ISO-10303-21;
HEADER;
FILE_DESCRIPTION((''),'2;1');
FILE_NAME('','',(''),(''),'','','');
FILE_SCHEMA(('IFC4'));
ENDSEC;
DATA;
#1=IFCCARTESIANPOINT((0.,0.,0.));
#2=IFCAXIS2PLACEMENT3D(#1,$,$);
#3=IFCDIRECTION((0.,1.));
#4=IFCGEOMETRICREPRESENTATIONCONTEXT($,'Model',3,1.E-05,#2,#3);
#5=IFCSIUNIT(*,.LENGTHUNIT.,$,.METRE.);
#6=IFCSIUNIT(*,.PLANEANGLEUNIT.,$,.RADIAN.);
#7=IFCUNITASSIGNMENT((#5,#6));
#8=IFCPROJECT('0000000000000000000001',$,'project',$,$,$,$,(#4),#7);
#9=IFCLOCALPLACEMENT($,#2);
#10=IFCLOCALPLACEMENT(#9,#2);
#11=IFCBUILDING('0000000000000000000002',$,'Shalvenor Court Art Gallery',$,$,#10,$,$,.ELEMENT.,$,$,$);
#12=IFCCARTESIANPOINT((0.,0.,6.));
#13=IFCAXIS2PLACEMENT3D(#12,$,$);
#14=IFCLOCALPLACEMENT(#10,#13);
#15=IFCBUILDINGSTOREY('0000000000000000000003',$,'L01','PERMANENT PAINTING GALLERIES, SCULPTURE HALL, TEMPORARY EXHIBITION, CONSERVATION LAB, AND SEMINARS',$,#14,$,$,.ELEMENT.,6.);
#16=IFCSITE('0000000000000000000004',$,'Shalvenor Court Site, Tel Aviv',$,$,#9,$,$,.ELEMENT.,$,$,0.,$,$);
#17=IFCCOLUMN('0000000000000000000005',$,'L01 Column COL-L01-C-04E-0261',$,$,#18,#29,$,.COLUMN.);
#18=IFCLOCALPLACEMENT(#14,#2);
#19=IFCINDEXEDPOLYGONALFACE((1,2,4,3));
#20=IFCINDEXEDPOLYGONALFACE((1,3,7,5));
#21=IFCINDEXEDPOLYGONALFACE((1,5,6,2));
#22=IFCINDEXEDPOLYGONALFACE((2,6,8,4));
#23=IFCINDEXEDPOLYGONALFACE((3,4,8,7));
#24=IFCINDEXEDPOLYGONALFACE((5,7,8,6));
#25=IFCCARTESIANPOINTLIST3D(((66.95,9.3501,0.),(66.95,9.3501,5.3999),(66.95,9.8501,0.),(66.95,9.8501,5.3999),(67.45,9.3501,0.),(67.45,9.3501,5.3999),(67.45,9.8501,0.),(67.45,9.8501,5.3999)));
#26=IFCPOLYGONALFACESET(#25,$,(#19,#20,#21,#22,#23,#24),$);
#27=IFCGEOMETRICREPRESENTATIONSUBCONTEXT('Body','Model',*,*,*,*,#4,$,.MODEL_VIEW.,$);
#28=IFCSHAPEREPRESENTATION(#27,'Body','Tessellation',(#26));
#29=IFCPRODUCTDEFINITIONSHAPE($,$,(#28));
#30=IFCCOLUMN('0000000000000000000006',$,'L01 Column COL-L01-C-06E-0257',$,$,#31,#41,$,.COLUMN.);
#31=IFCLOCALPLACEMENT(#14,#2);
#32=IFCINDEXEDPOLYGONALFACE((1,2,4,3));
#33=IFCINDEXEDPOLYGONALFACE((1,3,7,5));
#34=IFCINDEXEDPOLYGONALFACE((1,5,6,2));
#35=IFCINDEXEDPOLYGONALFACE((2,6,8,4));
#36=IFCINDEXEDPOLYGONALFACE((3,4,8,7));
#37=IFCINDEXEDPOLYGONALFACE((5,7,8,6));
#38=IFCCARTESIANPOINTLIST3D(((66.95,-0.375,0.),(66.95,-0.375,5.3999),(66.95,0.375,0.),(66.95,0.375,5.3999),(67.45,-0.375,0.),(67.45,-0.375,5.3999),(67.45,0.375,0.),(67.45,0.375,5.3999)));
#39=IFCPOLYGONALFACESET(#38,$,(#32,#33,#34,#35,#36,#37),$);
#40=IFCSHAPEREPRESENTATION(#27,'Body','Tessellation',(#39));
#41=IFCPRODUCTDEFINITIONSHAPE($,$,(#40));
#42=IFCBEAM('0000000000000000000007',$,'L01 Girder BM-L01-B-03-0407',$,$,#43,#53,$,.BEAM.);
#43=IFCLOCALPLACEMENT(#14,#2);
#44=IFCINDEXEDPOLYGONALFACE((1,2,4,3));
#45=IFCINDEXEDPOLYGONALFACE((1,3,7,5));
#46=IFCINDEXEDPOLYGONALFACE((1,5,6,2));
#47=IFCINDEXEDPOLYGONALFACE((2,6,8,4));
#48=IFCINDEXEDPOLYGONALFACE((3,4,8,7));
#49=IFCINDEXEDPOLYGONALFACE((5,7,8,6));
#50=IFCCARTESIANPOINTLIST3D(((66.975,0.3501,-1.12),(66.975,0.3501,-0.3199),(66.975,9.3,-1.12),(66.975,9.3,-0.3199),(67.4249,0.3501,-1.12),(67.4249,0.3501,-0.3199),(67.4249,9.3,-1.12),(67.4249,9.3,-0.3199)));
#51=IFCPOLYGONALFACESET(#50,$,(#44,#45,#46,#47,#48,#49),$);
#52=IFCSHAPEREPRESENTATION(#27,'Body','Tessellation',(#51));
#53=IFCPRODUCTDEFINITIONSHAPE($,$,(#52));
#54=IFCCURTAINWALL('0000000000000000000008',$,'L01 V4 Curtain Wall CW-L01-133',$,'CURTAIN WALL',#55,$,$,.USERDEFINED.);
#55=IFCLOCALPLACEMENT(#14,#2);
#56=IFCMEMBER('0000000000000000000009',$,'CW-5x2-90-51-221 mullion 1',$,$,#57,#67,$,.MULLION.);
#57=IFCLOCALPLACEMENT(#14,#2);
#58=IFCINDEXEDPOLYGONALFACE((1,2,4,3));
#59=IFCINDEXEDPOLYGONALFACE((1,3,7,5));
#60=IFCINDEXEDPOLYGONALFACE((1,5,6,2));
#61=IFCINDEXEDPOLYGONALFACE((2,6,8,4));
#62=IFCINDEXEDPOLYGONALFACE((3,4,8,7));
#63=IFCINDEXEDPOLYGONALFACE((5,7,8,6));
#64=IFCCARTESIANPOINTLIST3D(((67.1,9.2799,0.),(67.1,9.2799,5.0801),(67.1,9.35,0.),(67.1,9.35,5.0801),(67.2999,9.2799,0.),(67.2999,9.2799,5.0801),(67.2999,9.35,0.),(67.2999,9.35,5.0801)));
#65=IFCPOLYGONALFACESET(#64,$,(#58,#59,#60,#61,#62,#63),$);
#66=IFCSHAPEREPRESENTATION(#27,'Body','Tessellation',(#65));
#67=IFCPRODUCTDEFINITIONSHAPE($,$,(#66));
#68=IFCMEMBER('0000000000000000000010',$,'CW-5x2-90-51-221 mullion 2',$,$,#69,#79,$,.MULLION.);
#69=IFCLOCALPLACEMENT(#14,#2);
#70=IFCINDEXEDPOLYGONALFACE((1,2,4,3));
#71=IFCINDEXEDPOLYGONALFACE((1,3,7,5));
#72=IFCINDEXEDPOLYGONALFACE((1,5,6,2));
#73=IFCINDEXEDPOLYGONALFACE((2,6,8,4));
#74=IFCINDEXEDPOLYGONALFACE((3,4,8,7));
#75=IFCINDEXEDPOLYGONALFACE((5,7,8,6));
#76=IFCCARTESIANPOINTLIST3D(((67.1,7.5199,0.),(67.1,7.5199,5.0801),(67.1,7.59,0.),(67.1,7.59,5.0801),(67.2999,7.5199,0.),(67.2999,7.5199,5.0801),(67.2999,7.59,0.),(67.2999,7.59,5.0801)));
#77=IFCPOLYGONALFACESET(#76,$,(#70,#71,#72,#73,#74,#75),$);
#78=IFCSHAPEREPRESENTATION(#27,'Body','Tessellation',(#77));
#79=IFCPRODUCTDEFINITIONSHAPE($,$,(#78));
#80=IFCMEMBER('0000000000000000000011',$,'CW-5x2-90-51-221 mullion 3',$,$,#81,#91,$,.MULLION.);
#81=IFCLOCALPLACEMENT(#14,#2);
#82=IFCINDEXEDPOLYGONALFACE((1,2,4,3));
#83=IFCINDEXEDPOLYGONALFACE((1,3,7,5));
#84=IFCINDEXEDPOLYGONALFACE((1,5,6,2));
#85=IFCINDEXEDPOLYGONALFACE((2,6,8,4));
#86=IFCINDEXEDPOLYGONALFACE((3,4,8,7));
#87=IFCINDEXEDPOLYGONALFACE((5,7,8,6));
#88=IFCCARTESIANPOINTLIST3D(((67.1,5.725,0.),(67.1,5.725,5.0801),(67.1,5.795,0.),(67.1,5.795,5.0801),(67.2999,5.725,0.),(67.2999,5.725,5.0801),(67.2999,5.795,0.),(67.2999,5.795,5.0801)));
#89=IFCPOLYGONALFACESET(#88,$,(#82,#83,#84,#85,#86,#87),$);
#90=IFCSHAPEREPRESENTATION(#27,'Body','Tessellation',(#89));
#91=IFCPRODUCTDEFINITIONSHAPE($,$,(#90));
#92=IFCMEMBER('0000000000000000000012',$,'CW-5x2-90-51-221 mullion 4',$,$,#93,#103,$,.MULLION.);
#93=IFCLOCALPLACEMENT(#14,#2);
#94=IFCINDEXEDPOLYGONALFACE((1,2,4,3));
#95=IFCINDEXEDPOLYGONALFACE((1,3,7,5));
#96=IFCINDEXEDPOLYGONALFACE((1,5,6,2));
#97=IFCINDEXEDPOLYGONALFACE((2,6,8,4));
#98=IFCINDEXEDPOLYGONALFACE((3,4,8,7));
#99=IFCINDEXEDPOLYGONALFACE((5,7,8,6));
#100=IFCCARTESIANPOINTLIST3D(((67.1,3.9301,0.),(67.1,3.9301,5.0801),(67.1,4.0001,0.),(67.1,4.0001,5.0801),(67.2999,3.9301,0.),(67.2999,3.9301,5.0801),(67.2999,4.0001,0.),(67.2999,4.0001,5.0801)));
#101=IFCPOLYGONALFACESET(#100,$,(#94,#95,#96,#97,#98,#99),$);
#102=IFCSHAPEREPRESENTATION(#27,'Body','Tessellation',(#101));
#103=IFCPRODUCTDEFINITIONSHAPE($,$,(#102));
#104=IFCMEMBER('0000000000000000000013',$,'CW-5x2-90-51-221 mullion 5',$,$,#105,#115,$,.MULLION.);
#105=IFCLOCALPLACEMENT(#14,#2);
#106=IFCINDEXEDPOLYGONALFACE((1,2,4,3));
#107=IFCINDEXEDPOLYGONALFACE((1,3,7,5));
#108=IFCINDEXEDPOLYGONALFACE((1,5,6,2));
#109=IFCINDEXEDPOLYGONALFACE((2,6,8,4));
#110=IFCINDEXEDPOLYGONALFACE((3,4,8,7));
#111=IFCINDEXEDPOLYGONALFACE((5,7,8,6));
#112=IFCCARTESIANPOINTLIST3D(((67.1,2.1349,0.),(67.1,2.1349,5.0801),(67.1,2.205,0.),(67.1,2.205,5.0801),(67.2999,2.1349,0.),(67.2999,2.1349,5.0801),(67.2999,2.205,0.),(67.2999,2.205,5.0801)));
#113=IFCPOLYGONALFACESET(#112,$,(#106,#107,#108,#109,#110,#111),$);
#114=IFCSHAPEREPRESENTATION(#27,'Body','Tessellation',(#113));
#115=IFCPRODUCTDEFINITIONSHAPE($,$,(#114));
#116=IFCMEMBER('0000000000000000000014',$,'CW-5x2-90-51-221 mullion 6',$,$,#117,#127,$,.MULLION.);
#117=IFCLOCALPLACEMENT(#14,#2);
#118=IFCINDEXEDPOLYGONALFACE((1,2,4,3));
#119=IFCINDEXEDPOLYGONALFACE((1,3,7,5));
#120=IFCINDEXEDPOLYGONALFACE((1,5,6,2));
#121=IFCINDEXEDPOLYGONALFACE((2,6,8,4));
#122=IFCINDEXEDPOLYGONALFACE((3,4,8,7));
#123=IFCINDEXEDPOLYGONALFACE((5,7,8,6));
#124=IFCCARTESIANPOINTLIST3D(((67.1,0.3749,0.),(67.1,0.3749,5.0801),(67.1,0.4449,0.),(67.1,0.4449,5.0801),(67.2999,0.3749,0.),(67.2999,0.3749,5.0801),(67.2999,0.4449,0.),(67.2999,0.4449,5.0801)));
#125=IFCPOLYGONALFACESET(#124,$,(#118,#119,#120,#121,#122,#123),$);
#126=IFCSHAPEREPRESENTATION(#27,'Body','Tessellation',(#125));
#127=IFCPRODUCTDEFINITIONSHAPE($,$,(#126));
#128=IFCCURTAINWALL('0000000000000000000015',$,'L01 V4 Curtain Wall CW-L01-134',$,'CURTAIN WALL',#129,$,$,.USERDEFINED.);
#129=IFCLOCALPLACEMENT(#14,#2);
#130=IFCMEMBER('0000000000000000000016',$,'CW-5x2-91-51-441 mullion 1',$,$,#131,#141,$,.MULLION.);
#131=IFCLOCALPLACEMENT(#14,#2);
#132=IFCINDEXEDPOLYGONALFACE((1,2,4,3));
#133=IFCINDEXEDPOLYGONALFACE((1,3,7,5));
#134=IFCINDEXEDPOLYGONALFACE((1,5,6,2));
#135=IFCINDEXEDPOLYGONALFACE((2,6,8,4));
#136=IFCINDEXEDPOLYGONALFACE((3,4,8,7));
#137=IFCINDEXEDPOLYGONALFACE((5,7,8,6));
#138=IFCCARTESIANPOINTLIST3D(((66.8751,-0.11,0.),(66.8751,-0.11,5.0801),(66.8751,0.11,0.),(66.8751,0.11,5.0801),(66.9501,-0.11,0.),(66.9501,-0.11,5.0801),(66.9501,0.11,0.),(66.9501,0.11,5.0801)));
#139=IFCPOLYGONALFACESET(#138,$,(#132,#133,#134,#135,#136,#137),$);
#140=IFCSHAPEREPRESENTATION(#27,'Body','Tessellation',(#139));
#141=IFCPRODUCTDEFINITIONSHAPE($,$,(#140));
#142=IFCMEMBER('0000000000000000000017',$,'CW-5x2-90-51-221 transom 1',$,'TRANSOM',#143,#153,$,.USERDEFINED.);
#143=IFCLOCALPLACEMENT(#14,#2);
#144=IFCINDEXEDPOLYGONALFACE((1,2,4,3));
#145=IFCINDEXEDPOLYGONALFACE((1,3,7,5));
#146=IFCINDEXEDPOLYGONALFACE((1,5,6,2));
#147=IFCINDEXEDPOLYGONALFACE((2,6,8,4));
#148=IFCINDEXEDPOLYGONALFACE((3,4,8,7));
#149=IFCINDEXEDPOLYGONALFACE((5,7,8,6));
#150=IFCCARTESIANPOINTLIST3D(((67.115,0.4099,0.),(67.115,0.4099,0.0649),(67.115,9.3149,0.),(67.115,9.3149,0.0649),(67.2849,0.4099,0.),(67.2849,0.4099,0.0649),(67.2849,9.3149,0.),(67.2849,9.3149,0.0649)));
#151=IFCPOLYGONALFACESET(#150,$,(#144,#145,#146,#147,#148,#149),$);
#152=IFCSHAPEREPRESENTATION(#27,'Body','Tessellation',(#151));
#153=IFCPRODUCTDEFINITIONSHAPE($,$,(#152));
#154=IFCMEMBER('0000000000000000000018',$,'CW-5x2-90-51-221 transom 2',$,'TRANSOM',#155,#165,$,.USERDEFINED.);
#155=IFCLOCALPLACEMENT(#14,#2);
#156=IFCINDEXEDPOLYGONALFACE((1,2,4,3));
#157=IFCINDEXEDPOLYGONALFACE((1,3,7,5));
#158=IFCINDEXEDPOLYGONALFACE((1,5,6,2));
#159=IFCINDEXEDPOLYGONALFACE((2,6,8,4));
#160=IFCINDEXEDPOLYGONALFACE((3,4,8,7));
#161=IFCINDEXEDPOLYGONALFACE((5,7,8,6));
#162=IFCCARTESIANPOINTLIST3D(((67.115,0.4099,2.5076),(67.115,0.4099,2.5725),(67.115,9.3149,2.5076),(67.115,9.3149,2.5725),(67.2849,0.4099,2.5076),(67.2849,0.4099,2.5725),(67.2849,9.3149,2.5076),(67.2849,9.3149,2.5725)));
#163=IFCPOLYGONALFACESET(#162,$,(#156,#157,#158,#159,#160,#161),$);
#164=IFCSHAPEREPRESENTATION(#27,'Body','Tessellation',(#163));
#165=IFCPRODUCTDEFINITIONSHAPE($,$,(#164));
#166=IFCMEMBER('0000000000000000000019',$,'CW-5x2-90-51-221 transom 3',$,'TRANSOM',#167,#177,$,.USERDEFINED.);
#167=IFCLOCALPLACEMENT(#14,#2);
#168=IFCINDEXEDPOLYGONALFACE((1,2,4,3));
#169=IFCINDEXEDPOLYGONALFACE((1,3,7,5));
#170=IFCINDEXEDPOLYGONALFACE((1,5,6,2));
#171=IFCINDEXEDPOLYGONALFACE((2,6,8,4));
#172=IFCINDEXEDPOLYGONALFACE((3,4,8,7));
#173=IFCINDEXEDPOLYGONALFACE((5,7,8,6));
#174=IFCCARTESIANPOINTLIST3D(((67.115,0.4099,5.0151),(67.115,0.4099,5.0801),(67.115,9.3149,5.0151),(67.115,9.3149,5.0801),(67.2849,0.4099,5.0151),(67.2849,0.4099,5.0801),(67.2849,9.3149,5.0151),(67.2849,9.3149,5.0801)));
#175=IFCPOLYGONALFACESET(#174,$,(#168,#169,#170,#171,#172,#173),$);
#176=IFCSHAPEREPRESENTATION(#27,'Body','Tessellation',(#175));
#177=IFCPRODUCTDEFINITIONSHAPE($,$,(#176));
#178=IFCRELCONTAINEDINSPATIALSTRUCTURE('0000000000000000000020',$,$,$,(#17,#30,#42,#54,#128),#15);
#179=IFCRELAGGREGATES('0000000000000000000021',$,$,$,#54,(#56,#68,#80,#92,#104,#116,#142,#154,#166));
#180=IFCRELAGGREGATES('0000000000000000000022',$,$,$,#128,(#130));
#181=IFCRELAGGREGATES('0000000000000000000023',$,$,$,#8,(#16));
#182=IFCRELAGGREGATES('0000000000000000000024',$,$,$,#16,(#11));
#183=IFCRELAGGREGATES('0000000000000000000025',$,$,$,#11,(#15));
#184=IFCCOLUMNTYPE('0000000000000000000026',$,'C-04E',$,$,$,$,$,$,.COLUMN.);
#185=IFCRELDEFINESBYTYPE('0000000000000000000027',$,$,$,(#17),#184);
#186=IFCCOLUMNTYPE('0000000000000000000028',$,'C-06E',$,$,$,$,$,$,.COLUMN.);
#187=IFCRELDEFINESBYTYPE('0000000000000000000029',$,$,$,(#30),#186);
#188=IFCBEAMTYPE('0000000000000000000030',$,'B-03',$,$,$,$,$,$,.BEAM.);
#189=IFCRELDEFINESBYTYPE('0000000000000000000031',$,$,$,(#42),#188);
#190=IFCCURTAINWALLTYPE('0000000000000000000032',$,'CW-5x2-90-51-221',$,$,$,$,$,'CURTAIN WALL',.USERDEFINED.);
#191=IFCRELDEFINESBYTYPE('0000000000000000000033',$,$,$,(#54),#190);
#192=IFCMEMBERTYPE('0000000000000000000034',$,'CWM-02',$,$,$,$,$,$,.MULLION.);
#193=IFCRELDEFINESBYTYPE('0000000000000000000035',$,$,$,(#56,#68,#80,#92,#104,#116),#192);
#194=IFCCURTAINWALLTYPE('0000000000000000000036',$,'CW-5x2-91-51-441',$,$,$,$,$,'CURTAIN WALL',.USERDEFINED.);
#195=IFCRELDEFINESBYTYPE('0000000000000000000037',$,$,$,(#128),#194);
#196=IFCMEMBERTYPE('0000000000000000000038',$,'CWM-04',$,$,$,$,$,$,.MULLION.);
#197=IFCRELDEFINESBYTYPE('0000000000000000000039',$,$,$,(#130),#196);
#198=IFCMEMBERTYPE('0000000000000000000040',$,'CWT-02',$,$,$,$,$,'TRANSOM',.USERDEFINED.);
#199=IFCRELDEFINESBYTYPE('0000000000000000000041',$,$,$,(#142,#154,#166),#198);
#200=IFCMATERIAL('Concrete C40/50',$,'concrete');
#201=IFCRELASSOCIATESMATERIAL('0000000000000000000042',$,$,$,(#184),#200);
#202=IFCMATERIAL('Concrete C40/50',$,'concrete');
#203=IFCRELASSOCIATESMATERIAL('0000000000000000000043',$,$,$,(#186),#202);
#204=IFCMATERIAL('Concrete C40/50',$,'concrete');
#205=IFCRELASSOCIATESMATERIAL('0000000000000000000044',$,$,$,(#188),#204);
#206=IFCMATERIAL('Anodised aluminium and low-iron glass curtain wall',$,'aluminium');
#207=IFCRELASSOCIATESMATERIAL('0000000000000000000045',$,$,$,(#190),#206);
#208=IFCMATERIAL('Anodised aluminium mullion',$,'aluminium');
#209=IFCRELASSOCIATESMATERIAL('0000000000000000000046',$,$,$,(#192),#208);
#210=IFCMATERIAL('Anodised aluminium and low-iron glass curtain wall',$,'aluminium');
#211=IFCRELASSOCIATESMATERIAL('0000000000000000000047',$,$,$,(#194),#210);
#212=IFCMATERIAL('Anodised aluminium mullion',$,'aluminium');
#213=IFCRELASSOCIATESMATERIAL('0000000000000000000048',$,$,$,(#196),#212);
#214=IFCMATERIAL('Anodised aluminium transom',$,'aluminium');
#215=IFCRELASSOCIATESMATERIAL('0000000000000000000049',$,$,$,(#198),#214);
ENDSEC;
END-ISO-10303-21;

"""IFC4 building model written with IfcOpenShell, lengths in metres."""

from ifc_helpers import new_model, si_unit, direction, frame, origin, origin_2d, place, context, subcontext, project, spatial, rectangle, extrude, material, material_profile, profile_set, type_object, element, aggregate, save


model = new_model("IFC4")

# Units and contexts
model_context = context("Model", 3, precision=1e-05, world=origin(), true_north=direction((0.0, 1.0)))
body_context = subcontext(model_context, "Body", "Model", "MODEL_VIEW")
ifc_project = project(units=[si_unit("LENGTHUNIT", "METRE"), si_unit("PLANEANGLEUNIT", "RADIAN")], contexts=[model_context])

# Site, building, storey
site_placement = place(None, origin())
site = spatial("IfcSite", under=ifc_project, at=site_placement, Name="Shalvenor Court Site, Tel Aviv", CompositionType="ELEMENT", RefElevation=0.0)
building_placement = place(site_placement, origin())
building = spatial("IfcBuilding", under=site, at=building_placement, Name="Shalvenor Court Art Gallery", CompositionType="ELEMENT")
storey_placement = place(building_placement, frame((0.0, 0.0, 6.0)))
storey = spatial("IfcBuildingStorey", under=building, at=storey_placement, Name="L01", Description="PERMANENT PAINTING GALLERIES, SCULPTURE HALL, TEMPORARY EXHIBITION, CONSERVATION LAB, AND SEMINARS", CompositionType="ELEMENT", Elevation=6.0)

# Columns
ifc_material_1 = material(Name="Concrete C40/50", Category="concrete")
ifc_material_profile_1 = material_profile(ifc_material_1, rectangle(XDim=0.5, YDim=0.5, at=origin_2d()), Name="RC 500x500")
ifc_profile_set_1 = profile_set([ifc_material_profile_1], Name="Concrete C40/50")
column_type_1 = type_object("IfcColumnType", Name="C-04E", PredefinedType="COLUMN", material=ifc_profile_set_1)
column_1_placement = place(storey_placement, frame((67.2, 9.6001, 0.0), z_axis=(0.0, 0.0, 1.0), x_axis=(1.0, 0.0, 0.0)))
element("IfcColumn", 1, at=column_1_placement, inside=storey, type_object=column_type_1, Name="L01 Column COL-L01-C-04E-0261", PredefinedType="COLUMN", context=body_context, shape_type="SweptSolid", body=[
    extrude(rectangle(XDim=0.5, YDim=0.5, at=origin_2d()), origin(), (0.0, 0.0, 1.0), 5.3999),
])
ifc_material_2 = material(Name="Concrete C40/50", Category="concrete")
ifc_material_profile_2 = material_profile(ifc_material_2, rectangle(XDim=0.5, YDim=0.75, at=origin_2d()), Name="RC 500x750")
ifc_profile_set_2 = profile_set([ifc_material_profile_2], Name="Concrete C40/50")
column_type_2 = type_object("IfcColumnType", Name="C-06E", PredefinedType="COLUMN", material=ifc_profile_set_2)
column_2_placement = place(storey_placement, frame((67.2, 0.0, 0.0), z_axis=(0.0, 0.0, 1.0), x_axis=(1.0, 0.0, 0.0)))
element("IfcColumn", 2, at=column_2_placement, inside=storey, type_object=column_type_2, Name="L01 Column COL-L01-C-06E-0257", PredefinedType="COLUMN", context=body_context, shape_type="SweptSolid", body=[
    extrude(rectangle(XDim=0.5, YDim=0.75, at=origin_2d()), origin(), (0.0, 0.0, 1.0), 5.3999),
])

# Beam
ifc_material_3 = material(Name="Concrete C40/50", Category="concrete")
ifc_material_profile_3 = material_profile(ifc_material_3, rectangle(XDim=0.45, YDim=0.8, at=origin_2d()), Name="RC 450x800")
ifc_profile_set_3 = profile_set([ifc_material_profile_3], Name="Concrete C40/50")
beam_type = type_object("IfcBeamType", Name="B-03", PredefinedType="BEAM", material=ifc_profile_set_3)
beam_placement = place(storey_placement, frame((67.2, 0.3501, -0.72), z_axis=(0.0, 1.0, 0.0), x_axis=(-1.0, 0.0, 0.0)))
element("IfcBeam", 3, at=beam_placement, inside=storey, type_object=beam_type, Name="L01 Girder BM-L01-B-03-0407", PredefinedType="BEAM", context=body_context, shape_type="SweptSolid", body=[
    extrude(rectangle(XDim=0.45, YDim=0.8, at=origin_2d()), origin(), (0.0, 0.0, 1.0), 8.95),
])

# Curtain wall, members
ifc_material_4 = material(Name="Anodised aluminium and low-iron glass curtain wall", Category="aluminium")
curtain_wall_type_1 = type_object("IfcCurtainWallType", Name="CW-5x2-90-51-221", ElementType="CURTAIN WALL", PredefinedType="USERDEFINED", material=ifc_material_4)
curtain_wall_1_placement = place(storey_placement, origin())
curtain_wall_1 = element("IfcCurtainWall", 4, at=curtain_wall_1_placement, inside=storey, type_object=curtain_wall_type_1, Name="L01 V4 Curtain Wall CW-L01-133", ObjectType="CURTAIN WALL", PredefinedType="USERDEFINED")
ifc_material_5 = material(Name="Anodised aluminium mullion", Category="aluminium")
ifc_material_profile_4 = material_profile(ifc_material_5, rectangle(XDim=0.0701, YDim=0.2, at=origin_2d()), Name="CWM-02")
ifc_profile_set_4 = profile_set([ifc_material_profile_4], Name="Anodised aluminium mullion")
member_type_1 = type_object("IfcMemberType", Name="CWM-02", PredefinedType="MULLION", material=ifc_profile_set_4)
member_1_placement = place(storey_placement, frame((67.2, 9.3149, 0.0), z_axis=(0.0, 0.0, 1.0), x_axis=(0.0, -1.0, 0.0)))
member_1 = element("IfcMember", 5, at=member_1_placement, type_object=member_type_1, Name="CW-5x2-90-51-221 mullion 1", PredefinedType="MULLION", context=body_context, shape_type="SweptSolid", body=[
    extrude(rectangle(XDim=0.0701, YDim=0.2, at=origin_2d()), origin(), (0.0, 0.0, 1.0), 5.0801),
])
member_2_placement = place(storey_placement, frame((67.2, 7.5549, 0.0), z_axis=(0.0, 0.0, 1.0), x_axis=(0.0, -1.0, 0.0)))
member_2 = element("IfcMember", 6, at=member_2_placement, type_object=member_type_1, Name="CW-5x2-90-51-221 mullion 2", PredefinedType="MULLION", context=body_context, shape_type="SweptSolid", body=[
    extrude(rectangle(XDim=0.0701, YDim=0.2, at=origin_2d()), origin(), (0.0, 0.0, 1.0), 5.0801),
])
member_3_placement = place(storey_placement, frame((67.2, 5.76, 0.0), z_axis=(0.0, 0.0, 1.0), x_axis=(0.0, -1.0, 0.0)))
member_3 = element("IfcMember", 7, at=member_3_placement, type_object=member_type_1, Name="CW-5x2-90-51-221 mullion 3", PredefinedType="MULLION", context=body_context, shape_type="SweptSolid", body=[
    extrude(rectangle(XDim=0.0701, YDim=0.2, at=origin_2d()), origin(), (0.0, 0.0, 1.0), 5.0801),
])
member_4_placement = place(storey_placement, frame((67.2, 3.9651, 0.0), z_axis=(0.0, 0.0, 1.0), x_axis=(0.0, -1.0, 0.0)))
member_4 = element("IfcMember", 8, at=member_4_placement, type_object=member_type_1, Name="CW-5x2-90-51-221 mullion 4", PredefinedType="MULLION", context=body_context, shape_type="SweptSolid", body=[
    extrude(rectangle(XDim=0.0701, YDim=0.2, at=origin_2d()), origin(), (0.0, 0.0, 1.0), 5.0801),
])
member_5_placement = place(storey_placement, frame((67.2, 2.1699, 0.0), z_axis=(0.0, 0.0, 1.0), x_axis=(0.0, -1.0, 0.0)))
member_5 = element("IfcMember", 9, at=member_5_placement, type_object=member_type_1, Name="CW-5x2-90-51-221 mullion 5", PredefinedType="MULLION", context=body_context, shape_type="SweptSolid", body=[
    extrude(rectangle(XDim=0.0701, YDim=0.2, at=origin_2d()), origin(), (0.0, 0.0, 1.0), 5.0801),
])
member_6_placement = place(storey_placement, frame((67.2, 0.4099, 0.0), z_axis=(0.0, 0.0, 1.0), x_axis=(0.0, -1.0, 0.0)))
member_6 = element("IfcMember", 10, at=member_6_placement, type_object=member_type_1, Name="CW-5x2-90-51-221 mullion 6", PredefinedType="MULLION", context=body_context, shape_type="SweptSolid", body=[
    extrude(rectangle(XDim=0.0701, YDim=0.2, at=origin_2d()), origin(), (0.0, 0.0, 1.0), 5.0801),
])

# Curtain wall, member
ifc_material_6 = material(Name="Anodised aluminium and low-iron glass curtain wall", Category="aluminium")
curtain_wall_type_2 = type_object("IfcCurtainWallType", Name="CW-5x2-91-51-441", ElementType="CURTAIN WALL", PredefinedType="USERDEFINED", material=ifc_material_6)
curtain_wall_2_placement = place(storey_placement, origin())
curtain_wall_2 = element("IfcCurtainWall", 11, at=curtain_wall_2_placement, inside=storey, type_object=curtain_wall_type_2, Name="L01 V4 Curtain Wall CW-L01-134", ObjectType="CURTAIN WALL", PredefinedType="USERDEFINED")
ifc_material_7 = material(Name="Anodised aluminium mullion", Category="aluminium")
ifc_material_profile_5 = material_profile(ifc_material_7, rectangle(XDim=0.075, YDim=0.22, at=origin_2d()), Name="CWM-04")
ifc_profile_set_5 = profile_set([ifc_material_profile_5], Name="Anodised aluminium mullion")
member_type_2 = type_object("IfcMemberType", Name="CWM-04", PredefinedType="MULLION", material=ifc_profile_set_5)
member_7_placement = place(storey_placement, frame((66.9126, 0.0, 0.0), z_axis=(0.0, 0.0, 1.0), x_axis=(-1.0, 0.0, 0.0)))
member_7 = element("IfcMember", 12, at=member_7_placement, type_object=member_type_2, Name="CW-5x2-91-51-441 mullion 1", PredefinedType="MULLION", context=body_context, shape_type="SweptSolid", body=[
    extrude(rectangle(XDim=0.075, YDim=0.22, at=origin_2d()), origin(), (0.0, 0.0, 1.0), 5.0801),
])

# Members
ifc_material_8 = material(Name="Anodised aluminium transom", Category="aluminium")
ifc_material_profile_6 = material_profile(ifc_material_8, rectangle(XDim=0.1699, YDim=0.0649, at=origin_2d()), Name="CWT-02")
ifc_profile_set_6 = profile_set([ifc_material_profile_6], Name="Anodised aluminium transom")
member_type_3 = type_object("IfcMemberType", Name="CWT-02", ElementType="TRANSOM", PredefinedType="USERDEFINED", material=ifc_profile_set_6)
member_8_placement = place(storey_placement, frame((67.2, 9.3149, 0.0325), z_axis=(0.0, -1.0, 0.0), x_axis=(1.0, 0.0, 0.0)))
member_8 = element("IfcMember", 13, at=member_8_placement, type_object=member_type_3, Name="CW-5x2-90-51-221 transom 1", ObjectType="TRANSOM", PredefinedType="USERDEFINED", context=body_context, shape_type="SweptSolid", body=[
    extrude(rectangle(XDim=0.1699, YDim=0.0649, at=origin_2d()), origin(), (0.0, 0.0, 1.0), 8.905),
])
member_9_placement = place(storey_placement, frame((67.2, 9.3149, 2.54), z_axis=(0.0, -1.0, 0.0), x_axis=(1.0, 0.0, 0.0)))
member_9 = element("IfcMember", 14, at=member_9_placement, type_object=member_type_3, Name="CW-5x2-90-51-221 transom 2", ObjectType="TRANSOM", PredefinedType="USERDEFINED", context=body_context, shape_type="SweptSolid", body=[
    extrude(rectangle(XDim=0.1699, YDim=0.0649, at=origin_2d()), origin(), (0.0, 0.0, 1.0), 8.905),
])
member_10_placement = place(storey_placement, frame((67.2, 9.3149, 5.0476), z_axis=(0.0, -1.0, 0.0), x_axis=(1.0, 0.0, 0.0)))
member_10 = element("IfcMember", 15, at=member_10_placement, type_object=member_type_3, Name="CW-5x2-90-51-221 transom 3", ObjectType="TRANSOM", PredefinedType="USERDEFINED", context=body_context, shape_type="SweptSolid", body=[
    extrude(rectangle(XDim=0.1699, YDim=0.0649, at=origin_2d()), origin(), (0.0, 0.0, 1.0), 8.905),
])

aggregate(curtain_wall_1, [member_1, member_2, member_3, member_4, member_5, member_6, member_8, member_9, member_10])
aggregate(curtain_wall_2, [member_7])

save(model, "model.ifc")
